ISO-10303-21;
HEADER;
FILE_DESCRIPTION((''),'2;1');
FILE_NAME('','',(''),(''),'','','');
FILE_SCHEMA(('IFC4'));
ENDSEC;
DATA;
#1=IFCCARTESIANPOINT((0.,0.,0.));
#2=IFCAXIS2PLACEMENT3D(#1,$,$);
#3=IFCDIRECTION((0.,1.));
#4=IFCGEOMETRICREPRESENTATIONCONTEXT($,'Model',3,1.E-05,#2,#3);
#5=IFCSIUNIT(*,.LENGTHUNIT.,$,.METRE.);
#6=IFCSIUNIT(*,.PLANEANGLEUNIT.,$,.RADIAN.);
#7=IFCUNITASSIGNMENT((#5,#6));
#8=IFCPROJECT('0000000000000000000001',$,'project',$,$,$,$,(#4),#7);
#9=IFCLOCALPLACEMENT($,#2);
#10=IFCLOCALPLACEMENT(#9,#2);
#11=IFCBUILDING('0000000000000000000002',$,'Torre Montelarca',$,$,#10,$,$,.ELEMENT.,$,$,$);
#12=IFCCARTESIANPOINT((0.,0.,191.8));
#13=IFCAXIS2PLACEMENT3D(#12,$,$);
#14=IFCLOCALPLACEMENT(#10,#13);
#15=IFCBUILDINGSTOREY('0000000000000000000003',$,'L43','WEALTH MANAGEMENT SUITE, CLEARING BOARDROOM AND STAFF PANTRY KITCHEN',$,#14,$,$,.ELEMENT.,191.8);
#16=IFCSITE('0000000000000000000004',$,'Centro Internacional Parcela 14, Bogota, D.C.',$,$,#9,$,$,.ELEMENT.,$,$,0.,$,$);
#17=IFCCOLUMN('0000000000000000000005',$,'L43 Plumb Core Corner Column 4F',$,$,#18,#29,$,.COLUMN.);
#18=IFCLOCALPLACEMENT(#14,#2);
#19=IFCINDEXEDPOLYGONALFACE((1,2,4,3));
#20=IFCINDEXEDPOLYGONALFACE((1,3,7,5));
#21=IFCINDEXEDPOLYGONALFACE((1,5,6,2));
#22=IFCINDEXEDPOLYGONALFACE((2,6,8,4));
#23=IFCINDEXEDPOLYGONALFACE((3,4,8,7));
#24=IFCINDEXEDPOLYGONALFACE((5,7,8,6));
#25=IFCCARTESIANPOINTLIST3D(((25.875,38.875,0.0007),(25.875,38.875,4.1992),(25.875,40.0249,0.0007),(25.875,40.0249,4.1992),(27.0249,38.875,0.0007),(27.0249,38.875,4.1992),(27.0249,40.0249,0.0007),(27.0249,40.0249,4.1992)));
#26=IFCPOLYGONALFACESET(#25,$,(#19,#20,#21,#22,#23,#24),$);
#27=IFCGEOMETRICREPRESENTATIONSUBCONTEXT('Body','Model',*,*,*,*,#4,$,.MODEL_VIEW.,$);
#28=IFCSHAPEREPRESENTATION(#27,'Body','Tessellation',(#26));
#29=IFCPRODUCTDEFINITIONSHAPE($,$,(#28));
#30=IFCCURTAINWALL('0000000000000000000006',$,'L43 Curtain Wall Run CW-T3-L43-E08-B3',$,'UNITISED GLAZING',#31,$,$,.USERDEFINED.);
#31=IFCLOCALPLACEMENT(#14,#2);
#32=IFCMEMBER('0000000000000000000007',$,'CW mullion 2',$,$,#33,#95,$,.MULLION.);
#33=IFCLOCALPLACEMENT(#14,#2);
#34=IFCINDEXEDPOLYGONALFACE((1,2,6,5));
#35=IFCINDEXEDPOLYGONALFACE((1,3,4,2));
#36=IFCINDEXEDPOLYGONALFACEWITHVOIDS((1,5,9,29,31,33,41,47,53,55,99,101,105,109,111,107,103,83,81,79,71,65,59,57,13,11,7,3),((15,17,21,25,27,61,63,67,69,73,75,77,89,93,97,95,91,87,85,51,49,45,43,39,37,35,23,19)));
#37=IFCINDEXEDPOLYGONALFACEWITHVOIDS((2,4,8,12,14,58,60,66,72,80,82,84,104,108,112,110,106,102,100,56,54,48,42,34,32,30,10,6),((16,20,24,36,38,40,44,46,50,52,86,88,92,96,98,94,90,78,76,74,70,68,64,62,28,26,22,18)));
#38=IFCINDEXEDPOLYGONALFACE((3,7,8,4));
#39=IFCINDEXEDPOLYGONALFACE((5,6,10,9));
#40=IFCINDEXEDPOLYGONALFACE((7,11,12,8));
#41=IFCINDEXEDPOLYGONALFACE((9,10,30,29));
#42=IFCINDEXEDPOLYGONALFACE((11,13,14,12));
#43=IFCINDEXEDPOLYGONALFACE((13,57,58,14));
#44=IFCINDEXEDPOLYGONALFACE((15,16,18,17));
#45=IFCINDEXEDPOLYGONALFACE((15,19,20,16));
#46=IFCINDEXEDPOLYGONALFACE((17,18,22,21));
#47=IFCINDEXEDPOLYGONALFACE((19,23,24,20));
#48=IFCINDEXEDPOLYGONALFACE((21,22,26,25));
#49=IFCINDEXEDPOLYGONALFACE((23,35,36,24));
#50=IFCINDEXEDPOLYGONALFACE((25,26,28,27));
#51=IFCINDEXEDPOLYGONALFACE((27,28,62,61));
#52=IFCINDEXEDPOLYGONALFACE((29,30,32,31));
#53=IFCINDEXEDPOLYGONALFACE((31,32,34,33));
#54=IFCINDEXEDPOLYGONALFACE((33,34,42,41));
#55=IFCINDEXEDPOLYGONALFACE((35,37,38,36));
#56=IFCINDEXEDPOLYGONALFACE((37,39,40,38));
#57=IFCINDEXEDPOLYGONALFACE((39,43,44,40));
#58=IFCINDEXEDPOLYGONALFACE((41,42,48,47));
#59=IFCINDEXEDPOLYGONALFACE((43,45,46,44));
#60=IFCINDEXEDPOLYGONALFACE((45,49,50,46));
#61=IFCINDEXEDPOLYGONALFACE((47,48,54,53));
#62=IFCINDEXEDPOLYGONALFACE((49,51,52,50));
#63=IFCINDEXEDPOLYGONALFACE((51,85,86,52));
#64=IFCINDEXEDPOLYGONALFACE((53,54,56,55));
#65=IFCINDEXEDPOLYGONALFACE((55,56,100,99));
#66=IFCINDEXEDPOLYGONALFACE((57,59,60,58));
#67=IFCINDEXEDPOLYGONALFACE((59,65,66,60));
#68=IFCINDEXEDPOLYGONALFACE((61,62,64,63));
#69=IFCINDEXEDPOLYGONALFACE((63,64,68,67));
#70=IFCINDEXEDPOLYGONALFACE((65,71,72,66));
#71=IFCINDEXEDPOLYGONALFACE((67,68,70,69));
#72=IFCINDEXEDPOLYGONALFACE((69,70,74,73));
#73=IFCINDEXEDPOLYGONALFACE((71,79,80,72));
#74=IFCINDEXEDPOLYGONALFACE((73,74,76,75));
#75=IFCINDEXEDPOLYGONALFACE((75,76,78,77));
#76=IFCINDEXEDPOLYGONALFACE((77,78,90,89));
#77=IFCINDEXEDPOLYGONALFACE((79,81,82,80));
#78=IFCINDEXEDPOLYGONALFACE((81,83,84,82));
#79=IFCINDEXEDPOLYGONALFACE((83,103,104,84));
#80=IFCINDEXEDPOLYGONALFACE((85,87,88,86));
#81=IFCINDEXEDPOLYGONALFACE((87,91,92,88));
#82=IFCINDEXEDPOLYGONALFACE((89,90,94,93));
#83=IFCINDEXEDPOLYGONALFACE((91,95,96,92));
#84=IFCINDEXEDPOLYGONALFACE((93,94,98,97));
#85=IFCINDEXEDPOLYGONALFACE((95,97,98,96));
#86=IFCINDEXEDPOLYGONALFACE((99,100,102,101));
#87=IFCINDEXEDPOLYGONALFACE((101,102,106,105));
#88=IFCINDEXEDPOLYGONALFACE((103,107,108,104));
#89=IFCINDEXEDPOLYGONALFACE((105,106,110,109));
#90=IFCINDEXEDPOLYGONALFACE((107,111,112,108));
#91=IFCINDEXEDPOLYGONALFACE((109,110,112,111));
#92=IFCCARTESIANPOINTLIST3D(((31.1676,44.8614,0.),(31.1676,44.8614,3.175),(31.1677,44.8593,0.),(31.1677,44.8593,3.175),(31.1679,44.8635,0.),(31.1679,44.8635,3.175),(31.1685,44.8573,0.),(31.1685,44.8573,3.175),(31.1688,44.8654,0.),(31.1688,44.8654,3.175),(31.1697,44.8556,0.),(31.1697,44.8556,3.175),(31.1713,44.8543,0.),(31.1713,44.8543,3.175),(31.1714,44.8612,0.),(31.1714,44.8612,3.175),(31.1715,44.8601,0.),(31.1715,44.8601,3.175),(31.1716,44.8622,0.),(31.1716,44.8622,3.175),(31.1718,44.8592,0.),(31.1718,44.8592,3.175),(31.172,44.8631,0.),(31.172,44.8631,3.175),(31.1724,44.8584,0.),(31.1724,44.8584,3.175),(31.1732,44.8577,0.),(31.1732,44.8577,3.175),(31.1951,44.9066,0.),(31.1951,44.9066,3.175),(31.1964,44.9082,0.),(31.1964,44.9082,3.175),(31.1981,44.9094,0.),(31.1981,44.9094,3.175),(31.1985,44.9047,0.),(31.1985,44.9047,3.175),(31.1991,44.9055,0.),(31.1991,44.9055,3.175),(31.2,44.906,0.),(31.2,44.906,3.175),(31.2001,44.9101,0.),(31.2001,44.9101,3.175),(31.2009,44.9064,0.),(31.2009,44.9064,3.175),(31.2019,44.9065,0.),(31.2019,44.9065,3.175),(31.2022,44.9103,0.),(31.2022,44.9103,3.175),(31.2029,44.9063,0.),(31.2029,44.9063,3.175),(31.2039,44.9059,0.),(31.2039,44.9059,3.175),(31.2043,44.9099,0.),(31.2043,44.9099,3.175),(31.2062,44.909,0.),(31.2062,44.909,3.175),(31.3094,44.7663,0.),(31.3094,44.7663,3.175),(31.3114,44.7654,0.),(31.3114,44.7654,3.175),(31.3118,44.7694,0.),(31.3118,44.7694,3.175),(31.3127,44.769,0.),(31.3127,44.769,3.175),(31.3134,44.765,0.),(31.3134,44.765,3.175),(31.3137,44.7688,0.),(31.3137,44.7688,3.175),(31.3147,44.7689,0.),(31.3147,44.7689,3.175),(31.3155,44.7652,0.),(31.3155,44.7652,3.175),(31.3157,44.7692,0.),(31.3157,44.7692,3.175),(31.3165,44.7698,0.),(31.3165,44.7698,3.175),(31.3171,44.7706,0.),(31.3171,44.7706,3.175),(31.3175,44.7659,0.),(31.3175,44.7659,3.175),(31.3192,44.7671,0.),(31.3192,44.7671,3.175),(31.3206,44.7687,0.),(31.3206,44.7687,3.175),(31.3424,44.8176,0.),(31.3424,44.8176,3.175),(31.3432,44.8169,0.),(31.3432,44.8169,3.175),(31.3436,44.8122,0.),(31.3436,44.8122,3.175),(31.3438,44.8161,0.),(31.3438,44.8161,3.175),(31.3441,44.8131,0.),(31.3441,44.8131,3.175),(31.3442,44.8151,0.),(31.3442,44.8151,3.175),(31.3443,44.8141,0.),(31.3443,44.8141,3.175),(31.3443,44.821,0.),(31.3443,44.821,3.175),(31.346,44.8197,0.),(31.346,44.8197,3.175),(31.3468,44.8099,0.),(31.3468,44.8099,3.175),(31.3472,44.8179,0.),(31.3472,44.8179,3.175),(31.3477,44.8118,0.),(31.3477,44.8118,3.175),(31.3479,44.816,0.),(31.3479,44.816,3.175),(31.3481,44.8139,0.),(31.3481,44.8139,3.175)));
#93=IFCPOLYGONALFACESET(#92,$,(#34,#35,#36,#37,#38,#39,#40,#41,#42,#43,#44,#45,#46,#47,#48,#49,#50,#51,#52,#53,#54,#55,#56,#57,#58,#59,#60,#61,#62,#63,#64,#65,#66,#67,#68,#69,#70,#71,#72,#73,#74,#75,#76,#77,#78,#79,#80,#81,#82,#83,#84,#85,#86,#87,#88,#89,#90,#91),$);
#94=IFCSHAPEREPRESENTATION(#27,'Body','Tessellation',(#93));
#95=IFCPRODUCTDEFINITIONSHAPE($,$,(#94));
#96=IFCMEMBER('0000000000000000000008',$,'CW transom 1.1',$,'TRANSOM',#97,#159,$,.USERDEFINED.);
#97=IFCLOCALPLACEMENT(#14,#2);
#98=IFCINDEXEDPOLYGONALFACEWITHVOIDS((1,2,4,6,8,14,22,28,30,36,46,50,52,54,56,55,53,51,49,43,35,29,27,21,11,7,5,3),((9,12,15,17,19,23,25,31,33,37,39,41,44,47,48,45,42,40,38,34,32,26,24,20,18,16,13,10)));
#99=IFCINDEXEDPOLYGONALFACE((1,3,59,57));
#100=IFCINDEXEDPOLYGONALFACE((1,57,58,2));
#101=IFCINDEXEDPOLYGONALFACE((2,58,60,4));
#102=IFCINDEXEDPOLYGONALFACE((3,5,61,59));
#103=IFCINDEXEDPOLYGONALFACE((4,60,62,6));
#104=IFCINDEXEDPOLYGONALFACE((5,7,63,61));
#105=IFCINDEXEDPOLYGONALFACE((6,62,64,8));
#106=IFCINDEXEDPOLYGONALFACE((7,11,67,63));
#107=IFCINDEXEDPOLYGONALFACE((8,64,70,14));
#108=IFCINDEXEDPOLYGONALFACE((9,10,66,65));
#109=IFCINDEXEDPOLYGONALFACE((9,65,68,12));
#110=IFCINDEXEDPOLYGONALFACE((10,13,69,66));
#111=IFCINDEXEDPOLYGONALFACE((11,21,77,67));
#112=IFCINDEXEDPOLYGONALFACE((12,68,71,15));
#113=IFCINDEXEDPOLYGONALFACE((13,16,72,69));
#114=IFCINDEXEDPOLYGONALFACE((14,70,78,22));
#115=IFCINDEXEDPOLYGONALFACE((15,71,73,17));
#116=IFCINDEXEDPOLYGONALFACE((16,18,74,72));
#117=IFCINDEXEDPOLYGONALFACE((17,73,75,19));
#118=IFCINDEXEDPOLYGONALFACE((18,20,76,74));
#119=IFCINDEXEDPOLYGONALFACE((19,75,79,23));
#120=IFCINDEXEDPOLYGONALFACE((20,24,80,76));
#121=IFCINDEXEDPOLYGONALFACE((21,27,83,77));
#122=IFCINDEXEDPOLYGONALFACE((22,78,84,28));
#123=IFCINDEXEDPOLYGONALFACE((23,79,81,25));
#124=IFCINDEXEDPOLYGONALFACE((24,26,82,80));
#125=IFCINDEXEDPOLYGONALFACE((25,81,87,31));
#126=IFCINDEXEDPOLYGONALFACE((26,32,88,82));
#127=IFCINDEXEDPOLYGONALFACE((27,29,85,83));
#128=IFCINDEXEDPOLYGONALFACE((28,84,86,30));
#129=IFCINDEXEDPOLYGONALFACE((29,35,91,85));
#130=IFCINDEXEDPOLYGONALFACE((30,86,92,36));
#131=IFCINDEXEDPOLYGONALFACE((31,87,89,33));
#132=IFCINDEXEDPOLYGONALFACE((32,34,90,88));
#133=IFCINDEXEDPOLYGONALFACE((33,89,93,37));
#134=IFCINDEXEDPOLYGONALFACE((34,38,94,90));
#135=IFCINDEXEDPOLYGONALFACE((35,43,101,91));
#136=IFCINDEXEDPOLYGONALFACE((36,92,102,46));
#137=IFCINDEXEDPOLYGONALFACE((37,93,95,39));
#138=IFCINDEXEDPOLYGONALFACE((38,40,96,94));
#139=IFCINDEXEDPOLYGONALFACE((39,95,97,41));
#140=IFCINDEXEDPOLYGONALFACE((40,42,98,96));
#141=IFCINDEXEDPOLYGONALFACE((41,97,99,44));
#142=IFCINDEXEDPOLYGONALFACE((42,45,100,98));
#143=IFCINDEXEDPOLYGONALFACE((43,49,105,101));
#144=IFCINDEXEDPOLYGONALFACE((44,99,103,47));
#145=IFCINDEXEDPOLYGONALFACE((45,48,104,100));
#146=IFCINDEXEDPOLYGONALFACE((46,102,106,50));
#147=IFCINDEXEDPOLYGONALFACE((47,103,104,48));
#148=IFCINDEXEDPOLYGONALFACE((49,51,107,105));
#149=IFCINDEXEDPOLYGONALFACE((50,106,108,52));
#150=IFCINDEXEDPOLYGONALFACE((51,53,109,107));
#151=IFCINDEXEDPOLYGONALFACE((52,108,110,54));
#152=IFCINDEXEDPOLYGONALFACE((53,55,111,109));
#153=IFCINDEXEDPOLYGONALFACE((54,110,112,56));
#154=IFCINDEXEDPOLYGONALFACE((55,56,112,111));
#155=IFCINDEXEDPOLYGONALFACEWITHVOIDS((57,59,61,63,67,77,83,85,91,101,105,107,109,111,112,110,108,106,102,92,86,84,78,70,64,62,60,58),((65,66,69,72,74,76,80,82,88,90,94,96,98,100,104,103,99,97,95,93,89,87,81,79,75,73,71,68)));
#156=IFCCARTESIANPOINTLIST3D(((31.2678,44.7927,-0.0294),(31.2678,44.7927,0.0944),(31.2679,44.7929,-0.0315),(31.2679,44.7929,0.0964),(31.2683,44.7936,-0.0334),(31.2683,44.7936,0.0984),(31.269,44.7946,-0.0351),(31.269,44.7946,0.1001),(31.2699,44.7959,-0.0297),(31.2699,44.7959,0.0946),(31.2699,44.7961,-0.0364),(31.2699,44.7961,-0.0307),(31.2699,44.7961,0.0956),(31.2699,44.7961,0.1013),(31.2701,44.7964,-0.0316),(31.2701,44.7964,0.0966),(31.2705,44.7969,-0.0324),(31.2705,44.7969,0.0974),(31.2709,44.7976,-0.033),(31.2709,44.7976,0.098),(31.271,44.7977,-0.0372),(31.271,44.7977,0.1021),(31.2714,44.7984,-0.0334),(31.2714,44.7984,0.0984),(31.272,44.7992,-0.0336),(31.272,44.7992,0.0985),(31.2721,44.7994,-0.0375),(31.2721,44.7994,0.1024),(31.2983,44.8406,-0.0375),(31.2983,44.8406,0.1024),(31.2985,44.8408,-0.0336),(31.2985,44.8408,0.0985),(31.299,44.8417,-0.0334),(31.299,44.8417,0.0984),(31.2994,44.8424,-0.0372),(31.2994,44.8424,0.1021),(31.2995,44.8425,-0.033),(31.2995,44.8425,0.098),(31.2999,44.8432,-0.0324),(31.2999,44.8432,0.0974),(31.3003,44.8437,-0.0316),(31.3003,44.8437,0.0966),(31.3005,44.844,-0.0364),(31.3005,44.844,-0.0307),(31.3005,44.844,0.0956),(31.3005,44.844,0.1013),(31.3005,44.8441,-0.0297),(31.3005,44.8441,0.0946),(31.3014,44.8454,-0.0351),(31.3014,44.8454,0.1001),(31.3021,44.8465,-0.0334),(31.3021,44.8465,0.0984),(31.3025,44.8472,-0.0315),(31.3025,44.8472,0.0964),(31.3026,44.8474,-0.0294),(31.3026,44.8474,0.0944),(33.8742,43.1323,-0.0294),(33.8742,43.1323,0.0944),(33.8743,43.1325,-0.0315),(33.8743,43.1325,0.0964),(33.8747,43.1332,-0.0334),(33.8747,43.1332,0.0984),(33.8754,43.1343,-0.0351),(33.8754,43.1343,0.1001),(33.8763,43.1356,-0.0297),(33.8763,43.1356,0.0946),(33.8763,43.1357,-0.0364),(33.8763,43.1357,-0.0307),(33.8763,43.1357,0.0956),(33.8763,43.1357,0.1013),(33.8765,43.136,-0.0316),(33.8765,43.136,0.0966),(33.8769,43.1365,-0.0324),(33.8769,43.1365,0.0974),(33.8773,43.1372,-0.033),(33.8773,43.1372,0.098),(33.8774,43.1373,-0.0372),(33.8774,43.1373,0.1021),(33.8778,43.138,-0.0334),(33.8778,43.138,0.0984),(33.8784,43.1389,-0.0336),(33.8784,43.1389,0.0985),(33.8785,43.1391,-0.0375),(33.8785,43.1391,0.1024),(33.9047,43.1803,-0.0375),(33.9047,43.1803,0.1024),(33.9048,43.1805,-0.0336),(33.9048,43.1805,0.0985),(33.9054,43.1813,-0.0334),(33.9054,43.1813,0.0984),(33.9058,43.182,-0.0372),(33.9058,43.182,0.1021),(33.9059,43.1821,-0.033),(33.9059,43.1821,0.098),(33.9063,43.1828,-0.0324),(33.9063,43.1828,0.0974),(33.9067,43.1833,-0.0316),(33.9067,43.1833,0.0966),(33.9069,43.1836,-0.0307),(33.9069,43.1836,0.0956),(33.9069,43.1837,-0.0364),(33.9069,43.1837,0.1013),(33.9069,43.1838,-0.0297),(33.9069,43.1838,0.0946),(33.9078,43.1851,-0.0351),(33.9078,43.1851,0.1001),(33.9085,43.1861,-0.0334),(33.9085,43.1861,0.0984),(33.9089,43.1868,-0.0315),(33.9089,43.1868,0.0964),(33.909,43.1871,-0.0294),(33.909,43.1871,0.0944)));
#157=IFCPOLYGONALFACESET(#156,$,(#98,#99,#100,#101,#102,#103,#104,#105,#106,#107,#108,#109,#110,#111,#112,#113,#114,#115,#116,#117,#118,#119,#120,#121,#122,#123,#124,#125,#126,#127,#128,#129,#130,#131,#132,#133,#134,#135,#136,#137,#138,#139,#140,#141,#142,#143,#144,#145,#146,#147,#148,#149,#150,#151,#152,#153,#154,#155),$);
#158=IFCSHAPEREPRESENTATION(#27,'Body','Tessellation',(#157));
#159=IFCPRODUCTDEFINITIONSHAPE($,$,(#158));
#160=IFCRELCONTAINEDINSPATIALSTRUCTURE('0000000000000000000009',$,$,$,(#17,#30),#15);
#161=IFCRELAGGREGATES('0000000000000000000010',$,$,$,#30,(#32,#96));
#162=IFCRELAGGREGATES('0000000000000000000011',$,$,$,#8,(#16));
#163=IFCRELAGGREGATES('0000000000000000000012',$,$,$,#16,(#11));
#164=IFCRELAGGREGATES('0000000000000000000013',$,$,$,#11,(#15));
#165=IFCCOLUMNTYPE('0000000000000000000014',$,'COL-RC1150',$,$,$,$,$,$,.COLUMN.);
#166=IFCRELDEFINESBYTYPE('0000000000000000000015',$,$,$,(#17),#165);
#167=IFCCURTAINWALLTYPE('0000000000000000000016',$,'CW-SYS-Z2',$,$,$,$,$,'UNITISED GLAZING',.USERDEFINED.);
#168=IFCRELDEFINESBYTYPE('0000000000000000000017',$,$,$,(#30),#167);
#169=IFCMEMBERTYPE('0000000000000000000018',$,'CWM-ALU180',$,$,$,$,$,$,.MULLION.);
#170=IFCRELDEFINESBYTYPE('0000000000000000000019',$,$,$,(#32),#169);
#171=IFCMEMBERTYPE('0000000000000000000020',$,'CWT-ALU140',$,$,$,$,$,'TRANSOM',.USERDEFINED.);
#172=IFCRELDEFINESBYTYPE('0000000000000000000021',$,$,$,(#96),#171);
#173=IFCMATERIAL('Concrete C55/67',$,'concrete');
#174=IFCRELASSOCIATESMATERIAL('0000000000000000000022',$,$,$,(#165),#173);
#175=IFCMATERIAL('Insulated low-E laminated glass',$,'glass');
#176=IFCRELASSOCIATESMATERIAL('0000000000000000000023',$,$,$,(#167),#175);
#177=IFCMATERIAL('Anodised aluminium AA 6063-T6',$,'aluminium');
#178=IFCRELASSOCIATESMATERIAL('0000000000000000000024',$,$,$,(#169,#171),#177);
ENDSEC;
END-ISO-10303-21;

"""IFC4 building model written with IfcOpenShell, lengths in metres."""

from ifc_helpers import new_model, si_unit, direction, frame, origin, origin_2d, place, context, subcontext, project, spatial, rectangle, hollow_rectangle, extrude, source, transform, mapped, material, material_profile, profile_set, type_object, element, aggregate, save


model = new_model("IFC4")

# Units and contexts
model_context = context("Model", 3, precision=1e-05, world=origin(), true_north=direction((0.0, 1.0)))
body_context = subcontext(model_context, "Body", "Model", "MODEL_VIEW")
ifc_project = project(units=[si_unit("LENGTHUNIT", "METRE"), si_unit("PLANEANGLEUNIT", "RADIAN")], contexts=[model_context])

# Site, building, storey
site_placement = place(None, origin())
site = spatial("IfcSite", under=ifc_project, at=site_placement, Name="Centro Internacional Parcela 14, Bogota, D.C.", CompositionType="ELEMENT", RefElevation=0.0)
building_placement = place(site_placement, origin())
building = spatial("IfcBuilding", under=site, at=building_placement, Name="Torre Montelarca", CompositionType="ELEMENT")
storey_placement = place(building_placement, frame((0.0, 0.0, 191.8)))
storey = spatial("IfcBuildingStorey", under=building, at=storey_placement, Name="L43", Description="WEALTH MANAGEMENT SUITE, CLEARING BOARDROOM AND STAFF PANTRY KITCHEN", CompositionType="ELEMENT", Elevation=191.8)

# Column
ifc_material_1 = material(Name="Concrete C55/67", Category="concrete")
ifc_material_profile_1 = material_profile(ifc_material_1, rectangle(XDim=1.1499, YDim=1.1499, at=origin_2d()), Name="RC1150X1150", Category="concrete")
ifc_profile_set_1 = profile_set([ifc_material_profile_1], Name="Concrete C55/67")
column_type = type_object("IfcColumnType", Name="COL-RC1150", PredefinedType="COLUMN", material=ifc_profile_set_1)
shared_shape_1 = source(origin(), body_context, "Body", "SweptSolid", [
    extrude(rectangle(XDim=1.1499, YDim=1.1499, at=origin_2d()), origin(), (0.0, 0.0, 1.0), 4.1985),
])
column_placement = place(storey_placement, frame((26.45, 39.45, 0.0007), z_axis=(0.0, 0.0, 1.0), x_axis=(1.0, 0.0, 0.0)))
element("IfcColumn", 1, at=column_placement, inside=storey, type_object=column_type, Name="L43 Plumb Core Corner Column 4F", PredefinedType="COLUMN", context=body_context, shape_type="MappedRepresentation", body=[
    mapped(shared_shape_1, transform((0.0, 0.0, 0.0), scale=1.0)),
])

# Curtain wall, members
ifc_material_2 = material(Name="Insulated low-E laminated glass", Category="glass")
curtain_wall_type = type_object("IfcCurtainWallType", Name="CW-SYS-Z2", ElementType="UNITISED GLAZING", PredefinedType="USERDEFINED", material=ifc_material_2)
curtain_wall_placement = place(storey_placement, origin())
curtain_wall = element("IfcCurtainWall", 2, at=curtain_wall_placement, inside=storey, type_object=curtain_wall_type, Name="L43 Curtain Wall Run CW-T3-L43-E08-B3", ObjectType="UNITISED GLAZING", PredefinedType="USERDEFINED")
ifc_material_3 = material(Name="Anodised aluminium AA 6063-T6", Category="aluminium")
ifc_material_profile_2 = material_profile(ifc_material_3, hollow_rectangle(XDim=0.0649, YDim=0.1799, WallThickness=0.0039, InnerFilletRadius=0.0039, OuterFilletRadius=0.0081, at=origin_2d()), Name="ALU65X180X4", Category="aluminium")
ifc_profile_set_2 = profile_set([ifc_material_profile_2], Name="Anodised aluminium AA 6063-T6")
member_type_1 = type_object("IfcMemberType", Name="CWM-ALU180", PredefinedType="MULLION", material=ifc_profile_set_2)
shared_shape_2 = source(origin(), body_context, "Body", "SweptSolid", [
    extrude(hollow_rectangle(XDim=0.0649, YDim=0.1799, WallThickness=0.0039, InnerFilletRadius=0.0039, OuterFilletRadius=0.0081, at=origin_2d()), origin(), (0.0, 0.0, 1.0), 3.175),
])
member_1_placement = place(storey_placement, frame((31.2578, 44.8376, 0.0), z_axis=(0.0, 0.0, 1.0), x_axis=(-0.537298, -0.843393, 0.0)))
member_1 = element("IfcMember", 3, at=member_1_placement, type_object=member_type_1, Name="CW mullion 2", PredefinedType="MULLION", context=body_context, shape_type="MappedRepresentation", body=[
    mapped(shared_shape_2, transform((0.0, 0.0, 0.0), scale=1.0)),
])
ifc_material_profile_3 = material_profile(ifc_material_3, hollow_rectangle(XDim=0.0649, YDim=0.1399, WallThickness=0.0039, InnerFilletRadius=0.0039, OuterFilletRadius=0.0081, at=origin_2d()), Name="ALU65X140X4", Category="aluminium")
ifc_profile_set_3 = profile_set([ifc_material_profile_3], Name="Anodised aluminium AA 6063-T6")
member_type_2 = type_object("IfcMemberType", Name="CWT-ALU140", ElementType="TRANSOM", PredefinedType="USERDEFINED", material=ifc_profile_set_3)
shared_shape_3 = source(origin(), body_context, "Body", "SweptSolid", [
    extrude(hollow_rectangle(XDim=0.0649, YDim=0.1399, WallThickness=0.0039, InnerFilletRadius=0.0039, OuterFilletRadius=0.0081, at=origin_2d()), origin(), (0.0, 0.0, 1.0), 3.0903),
])
member_2_placement = place(storey_placement, frame((33.8916, 43.1597, 0.0325), z_axis=(-0.843404, 0.537279, 0.0), x_axis=(-0.537279, -0.843404, 0.0)))
member_2 = element("IfcMember", 4, at=member_2_placement, type_object=member_type_2, Name="CW transom 1.1", ObjectType="TRANSOM", PredefinedType="USERDEFINED", context=body_context, shape_type="MappedRepresentation", body=[
    mapped(shared_shape_3, transform((0.0, 0.0, 0.0), scale=1.0)),
])
aggregate(curtain_wall, [member_1, member_2])

save(model, "model.ifc")
